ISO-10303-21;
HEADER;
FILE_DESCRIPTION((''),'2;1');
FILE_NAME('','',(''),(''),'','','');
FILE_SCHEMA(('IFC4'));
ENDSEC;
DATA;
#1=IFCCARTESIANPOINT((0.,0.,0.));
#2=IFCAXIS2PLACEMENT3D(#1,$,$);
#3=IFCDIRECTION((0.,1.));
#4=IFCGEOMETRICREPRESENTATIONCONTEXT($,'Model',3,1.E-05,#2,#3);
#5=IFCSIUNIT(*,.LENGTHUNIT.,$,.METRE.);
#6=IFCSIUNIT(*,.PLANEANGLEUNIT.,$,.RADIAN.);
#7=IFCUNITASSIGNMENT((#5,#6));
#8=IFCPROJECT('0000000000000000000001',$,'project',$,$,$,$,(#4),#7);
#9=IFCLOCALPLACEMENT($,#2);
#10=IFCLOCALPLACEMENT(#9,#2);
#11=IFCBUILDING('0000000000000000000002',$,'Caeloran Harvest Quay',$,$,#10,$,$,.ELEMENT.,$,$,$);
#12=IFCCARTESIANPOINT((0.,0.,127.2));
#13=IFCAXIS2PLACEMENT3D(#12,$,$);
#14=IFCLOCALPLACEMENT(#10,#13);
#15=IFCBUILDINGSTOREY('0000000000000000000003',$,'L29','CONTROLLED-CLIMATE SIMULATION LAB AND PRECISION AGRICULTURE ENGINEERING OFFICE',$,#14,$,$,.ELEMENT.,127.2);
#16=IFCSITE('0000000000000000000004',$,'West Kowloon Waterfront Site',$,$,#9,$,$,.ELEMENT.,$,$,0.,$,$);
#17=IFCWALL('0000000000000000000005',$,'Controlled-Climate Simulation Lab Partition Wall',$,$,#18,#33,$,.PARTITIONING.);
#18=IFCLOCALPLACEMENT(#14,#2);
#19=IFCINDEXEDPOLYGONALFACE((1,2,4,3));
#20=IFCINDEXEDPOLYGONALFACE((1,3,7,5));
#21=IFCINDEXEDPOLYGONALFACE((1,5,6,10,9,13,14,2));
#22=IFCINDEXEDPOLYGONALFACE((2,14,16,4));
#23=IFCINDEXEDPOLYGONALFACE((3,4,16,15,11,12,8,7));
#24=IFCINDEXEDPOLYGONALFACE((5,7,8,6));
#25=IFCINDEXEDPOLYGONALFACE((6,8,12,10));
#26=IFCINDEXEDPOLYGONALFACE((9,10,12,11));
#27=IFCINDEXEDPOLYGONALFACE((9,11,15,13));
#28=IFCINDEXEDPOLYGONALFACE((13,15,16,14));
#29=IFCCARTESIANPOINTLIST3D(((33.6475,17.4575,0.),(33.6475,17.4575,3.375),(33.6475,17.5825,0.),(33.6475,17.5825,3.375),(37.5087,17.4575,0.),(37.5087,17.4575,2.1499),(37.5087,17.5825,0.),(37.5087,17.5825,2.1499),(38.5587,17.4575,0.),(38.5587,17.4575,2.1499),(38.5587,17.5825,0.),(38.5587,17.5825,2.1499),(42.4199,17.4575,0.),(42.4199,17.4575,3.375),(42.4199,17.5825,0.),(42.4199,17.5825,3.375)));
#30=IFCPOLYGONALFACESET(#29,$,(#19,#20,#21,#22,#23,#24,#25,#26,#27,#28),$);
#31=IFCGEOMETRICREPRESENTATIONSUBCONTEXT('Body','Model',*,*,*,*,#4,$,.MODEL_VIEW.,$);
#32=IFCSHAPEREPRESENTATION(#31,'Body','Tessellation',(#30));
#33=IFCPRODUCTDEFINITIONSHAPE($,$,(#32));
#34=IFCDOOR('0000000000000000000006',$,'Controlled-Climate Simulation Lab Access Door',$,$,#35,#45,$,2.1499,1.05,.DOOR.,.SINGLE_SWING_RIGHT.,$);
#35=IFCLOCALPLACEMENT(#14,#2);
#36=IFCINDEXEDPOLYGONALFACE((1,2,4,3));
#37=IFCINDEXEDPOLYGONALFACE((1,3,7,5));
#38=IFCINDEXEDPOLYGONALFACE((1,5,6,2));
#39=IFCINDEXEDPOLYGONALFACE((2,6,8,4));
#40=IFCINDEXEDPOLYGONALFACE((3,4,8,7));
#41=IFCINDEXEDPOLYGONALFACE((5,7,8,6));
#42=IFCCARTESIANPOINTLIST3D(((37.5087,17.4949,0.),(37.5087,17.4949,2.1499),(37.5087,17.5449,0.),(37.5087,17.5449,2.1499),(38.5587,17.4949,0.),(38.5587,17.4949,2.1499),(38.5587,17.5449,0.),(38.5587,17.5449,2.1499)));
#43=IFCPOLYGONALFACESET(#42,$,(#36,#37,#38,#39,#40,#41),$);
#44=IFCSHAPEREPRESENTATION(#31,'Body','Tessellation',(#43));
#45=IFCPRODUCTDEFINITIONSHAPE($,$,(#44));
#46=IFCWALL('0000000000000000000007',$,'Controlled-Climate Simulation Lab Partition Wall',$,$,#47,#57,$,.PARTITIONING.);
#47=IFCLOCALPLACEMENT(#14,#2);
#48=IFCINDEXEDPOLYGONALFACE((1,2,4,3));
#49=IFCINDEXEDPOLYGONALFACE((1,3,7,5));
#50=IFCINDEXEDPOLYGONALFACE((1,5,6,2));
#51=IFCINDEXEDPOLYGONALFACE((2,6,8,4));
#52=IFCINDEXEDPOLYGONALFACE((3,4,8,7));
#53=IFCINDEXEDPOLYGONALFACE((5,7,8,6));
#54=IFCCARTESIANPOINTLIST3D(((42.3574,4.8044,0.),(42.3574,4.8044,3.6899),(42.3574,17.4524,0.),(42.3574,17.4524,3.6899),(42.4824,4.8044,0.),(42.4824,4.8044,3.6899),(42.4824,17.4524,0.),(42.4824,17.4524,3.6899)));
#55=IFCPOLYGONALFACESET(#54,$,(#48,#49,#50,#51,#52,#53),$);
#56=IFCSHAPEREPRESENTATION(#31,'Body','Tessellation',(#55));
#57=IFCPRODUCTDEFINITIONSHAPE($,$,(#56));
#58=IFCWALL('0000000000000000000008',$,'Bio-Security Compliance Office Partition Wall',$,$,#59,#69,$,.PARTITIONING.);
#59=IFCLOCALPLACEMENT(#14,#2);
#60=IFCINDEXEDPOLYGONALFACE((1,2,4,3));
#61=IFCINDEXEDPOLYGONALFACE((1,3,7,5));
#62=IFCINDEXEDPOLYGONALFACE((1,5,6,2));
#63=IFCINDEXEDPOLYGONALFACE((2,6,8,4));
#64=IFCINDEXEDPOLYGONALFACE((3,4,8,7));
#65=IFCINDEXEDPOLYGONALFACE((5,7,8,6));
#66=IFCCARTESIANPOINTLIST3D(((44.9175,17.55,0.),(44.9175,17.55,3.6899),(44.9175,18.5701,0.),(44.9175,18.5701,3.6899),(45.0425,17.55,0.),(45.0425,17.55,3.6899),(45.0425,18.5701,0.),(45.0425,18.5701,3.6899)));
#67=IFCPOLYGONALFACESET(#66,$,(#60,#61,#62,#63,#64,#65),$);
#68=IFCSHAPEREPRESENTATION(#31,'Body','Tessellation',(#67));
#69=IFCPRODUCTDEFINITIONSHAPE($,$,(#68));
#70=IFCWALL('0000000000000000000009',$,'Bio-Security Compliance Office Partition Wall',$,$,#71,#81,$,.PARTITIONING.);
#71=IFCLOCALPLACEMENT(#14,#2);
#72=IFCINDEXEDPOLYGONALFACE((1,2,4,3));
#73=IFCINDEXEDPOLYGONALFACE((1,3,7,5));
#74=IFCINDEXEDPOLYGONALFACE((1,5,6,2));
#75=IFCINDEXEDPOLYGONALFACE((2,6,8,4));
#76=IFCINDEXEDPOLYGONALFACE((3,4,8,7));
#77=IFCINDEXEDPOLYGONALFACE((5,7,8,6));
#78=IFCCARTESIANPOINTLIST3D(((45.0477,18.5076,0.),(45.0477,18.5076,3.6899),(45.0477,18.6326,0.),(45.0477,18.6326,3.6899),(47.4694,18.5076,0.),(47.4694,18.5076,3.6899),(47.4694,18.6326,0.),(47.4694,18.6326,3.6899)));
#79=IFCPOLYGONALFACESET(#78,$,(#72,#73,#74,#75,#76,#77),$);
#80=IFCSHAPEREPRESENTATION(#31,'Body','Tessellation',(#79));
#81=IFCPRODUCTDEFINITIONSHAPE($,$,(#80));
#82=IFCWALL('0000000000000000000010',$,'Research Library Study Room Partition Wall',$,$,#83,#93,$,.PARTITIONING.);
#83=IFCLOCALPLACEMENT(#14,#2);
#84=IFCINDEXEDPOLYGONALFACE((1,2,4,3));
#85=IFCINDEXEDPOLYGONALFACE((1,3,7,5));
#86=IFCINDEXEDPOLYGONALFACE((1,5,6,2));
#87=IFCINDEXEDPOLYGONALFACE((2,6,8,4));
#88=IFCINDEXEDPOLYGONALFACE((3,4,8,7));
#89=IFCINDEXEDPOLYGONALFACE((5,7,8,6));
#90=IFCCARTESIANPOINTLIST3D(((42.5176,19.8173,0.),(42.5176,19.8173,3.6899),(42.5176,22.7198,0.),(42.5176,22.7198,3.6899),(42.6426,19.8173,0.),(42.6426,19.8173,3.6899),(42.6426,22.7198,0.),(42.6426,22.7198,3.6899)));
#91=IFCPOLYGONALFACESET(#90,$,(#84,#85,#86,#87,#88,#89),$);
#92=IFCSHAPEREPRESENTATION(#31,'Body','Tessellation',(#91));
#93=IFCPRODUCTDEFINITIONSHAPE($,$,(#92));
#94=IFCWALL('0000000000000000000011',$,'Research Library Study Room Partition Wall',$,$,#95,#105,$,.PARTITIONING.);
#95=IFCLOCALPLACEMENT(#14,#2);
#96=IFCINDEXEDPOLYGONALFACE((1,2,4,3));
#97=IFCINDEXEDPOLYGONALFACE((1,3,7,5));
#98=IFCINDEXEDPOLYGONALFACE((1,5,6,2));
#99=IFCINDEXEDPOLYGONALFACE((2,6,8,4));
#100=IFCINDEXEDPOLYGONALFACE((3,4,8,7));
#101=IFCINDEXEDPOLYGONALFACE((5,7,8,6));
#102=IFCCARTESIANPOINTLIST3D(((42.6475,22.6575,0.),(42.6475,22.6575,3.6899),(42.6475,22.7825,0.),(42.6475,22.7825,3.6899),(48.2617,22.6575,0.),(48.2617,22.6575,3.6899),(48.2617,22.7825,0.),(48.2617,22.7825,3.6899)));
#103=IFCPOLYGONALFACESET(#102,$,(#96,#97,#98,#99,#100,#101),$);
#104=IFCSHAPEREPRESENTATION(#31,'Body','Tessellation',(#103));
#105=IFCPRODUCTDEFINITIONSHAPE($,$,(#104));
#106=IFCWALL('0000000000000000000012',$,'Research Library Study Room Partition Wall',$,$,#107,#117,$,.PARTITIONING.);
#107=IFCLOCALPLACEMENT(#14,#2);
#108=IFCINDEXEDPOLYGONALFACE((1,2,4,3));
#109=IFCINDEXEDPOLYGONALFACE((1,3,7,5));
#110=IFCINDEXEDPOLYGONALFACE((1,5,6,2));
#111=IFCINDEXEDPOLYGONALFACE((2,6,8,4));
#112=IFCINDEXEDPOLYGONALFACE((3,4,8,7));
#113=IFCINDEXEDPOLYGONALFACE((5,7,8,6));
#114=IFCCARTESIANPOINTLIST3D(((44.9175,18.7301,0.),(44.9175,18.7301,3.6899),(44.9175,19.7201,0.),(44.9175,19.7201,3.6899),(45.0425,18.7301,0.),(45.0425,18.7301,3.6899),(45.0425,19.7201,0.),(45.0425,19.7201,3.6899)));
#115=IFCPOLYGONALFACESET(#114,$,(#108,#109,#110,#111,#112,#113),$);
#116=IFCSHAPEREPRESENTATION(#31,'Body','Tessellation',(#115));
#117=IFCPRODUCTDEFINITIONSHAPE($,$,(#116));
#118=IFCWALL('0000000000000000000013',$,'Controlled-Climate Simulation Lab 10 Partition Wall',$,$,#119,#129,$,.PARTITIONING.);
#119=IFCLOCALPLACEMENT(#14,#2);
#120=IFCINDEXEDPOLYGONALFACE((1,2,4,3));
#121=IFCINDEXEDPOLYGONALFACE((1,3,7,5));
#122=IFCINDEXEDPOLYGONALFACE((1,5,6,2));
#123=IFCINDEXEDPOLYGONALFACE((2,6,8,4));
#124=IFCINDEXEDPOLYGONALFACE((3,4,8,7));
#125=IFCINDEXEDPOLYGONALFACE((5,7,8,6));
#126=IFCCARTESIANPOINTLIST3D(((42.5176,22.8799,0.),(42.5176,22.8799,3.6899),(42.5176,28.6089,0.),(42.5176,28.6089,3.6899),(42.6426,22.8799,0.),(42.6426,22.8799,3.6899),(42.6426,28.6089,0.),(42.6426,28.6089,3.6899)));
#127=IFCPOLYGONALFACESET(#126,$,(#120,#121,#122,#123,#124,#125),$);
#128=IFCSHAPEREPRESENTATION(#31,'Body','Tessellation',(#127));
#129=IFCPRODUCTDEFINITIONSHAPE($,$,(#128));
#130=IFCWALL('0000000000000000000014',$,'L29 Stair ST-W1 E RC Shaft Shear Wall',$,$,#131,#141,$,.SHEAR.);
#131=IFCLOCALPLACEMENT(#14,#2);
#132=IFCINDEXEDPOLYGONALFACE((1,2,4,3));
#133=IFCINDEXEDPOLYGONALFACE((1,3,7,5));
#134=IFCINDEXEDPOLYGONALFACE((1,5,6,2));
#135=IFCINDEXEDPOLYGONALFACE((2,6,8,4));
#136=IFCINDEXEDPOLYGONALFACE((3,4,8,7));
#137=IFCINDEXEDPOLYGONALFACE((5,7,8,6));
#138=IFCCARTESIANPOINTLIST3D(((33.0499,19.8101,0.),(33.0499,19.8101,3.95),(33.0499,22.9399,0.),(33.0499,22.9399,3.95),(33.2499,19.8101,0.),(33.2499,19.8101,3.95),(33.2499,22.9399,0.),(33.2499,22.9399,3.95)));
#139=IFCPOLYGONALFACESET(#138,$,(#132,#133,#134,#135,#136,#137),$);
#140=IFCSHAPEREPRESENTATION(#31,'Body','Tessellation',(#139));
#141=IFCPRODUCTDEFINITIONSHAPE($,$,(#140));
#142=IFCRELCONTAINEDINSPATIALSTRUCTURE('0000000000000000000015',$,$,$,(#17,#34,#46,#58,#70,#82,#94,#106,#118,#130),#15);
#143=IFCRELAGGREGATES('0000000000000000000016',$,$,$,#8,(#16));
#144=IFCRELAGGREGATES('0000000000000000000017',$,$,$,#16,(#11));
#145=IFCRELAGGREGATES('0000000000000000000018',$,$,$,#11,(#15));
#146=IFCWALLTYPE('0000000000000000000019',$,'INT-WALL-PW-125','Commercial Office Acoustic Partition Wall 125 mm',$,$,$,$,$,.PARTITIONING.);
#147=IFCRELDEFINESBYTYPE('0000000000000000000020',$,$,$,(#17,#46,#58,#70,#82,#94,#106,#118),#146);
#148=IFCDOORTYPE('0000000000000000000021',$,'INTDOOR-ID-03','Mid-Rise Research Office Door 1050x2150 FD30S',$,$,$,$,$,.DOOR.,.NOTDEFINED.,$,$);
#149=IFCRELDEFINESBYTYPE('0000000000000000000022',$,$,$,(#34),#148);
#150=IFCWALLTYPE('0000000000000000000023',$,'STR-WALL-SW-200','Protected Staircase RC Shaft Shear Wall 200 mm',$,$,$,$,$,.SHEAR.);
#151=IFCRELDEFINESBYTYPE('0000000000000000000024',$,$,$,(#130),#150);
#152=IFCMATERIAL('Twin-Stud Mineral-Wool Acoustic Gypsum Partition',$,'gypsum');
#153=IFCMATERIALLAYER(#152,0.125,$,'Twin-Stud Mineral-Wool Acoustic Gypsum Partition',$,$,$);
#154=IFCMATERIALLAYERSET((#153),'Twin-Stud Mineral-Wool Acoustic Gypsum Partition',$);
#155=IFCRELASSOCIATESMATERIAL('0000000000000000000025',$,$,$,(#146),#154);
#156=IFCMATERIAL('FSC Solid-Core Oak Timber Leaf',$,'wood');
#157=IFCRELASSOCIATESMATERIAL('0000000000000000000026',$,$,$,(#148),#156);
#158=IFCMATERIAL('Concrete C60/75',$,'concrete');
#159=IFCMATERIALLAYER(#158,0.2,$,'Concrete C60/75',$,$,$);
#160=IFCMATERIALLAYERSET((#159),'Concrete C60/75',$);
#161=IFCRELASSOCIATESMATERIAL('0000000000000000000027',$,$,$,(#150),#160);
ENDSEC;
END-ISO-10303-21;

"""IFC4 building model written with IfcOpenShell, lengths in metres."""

from ifc_helpers import new_model, si_unit, direction, frame, frame_2d, origin, place, context, subcontext, project, spatial, rectangle, extrude, material, layer, layer_set, type_object, element, fill, save


model = new_model("IFC4")

# Units and contexts
model_context = context("Model", 3, precision=1e-05, world=origin(), true_north=direction((0.0, 1.0)))
body_context = subcontext(model_context, "Body", "Model", "MODEL_VIEW")
ifc_project = project(units=[si_unit("LENGTHUNIT", "METRE"), si_unit("PLANEANGLEUNIT", "RADIAN")], contexts=[model_context])

# Site, building, storey
site_placement = place(None, origin())
site = spatial("IfcSite", under=ifc_project, at=site_placement, Name="West Kowloon Waterfront Site", CompositionType="ELEMENT", RefElevation=0.0)
building_placement = place(site_placement, origin())
building = spatial("IfcBuilding", under=site, at=building_placement, Name="Caeloran Harvest Quay", CompositionType="ELEMENT")
storey_placement = place(building_placement, frame((0.0, 0.0, 127.2)))
storey = spatial("IfcBuildingStorey", under=building, at=storey_placement, Name="L29", Description="CONTROLLED-CLIMATE SIMULATION LAB AND PRECISION AGRICULTURE ENGINEERING OFFICE", CompositionType="ELEMENT", Elevation=127.2)

# Wall, opening, door
ifc_material_1 = material(Name="Twin-Stud Mineral-Wool Acoustic Gypsum Partition", Category="gypsum")
ifc_layer_1 = layer(ifc_material_1, 0.125, Name="Twin-Stud Mineral-Wool Acoustic Gypsum Partition")
ifc_layer_set_1 = layer_set([ifc_layer_1], Name="Twin-Stud Mineral-Wool Acoustic Gypsum Partition")
wall_type_1 = type_object("IfcWallType", Name="INT-WALL-PW-125", Description="Commercial Office Acoustic Partition Wall 125 mm", PredefinedType="PARTITIONING", material=ifc_layer_set_1)
wall_1_placement = place(storey_placement, frame((33.6475, 17.52, 0.0), z_axis=(0.0, 0.0, 1.0), x_axis=(1.0, 0.0, 0.0)))
wall_1 = element("IfcWall", 1, at=wall_1_placement, inside=storey, type_object=wall_type_1, Name="Controlled-Climate Simulation Lab Partition Wall", PredefinedType="PARTITIONING", context=body_context, shape_type="SweptSolid", body=[
    extrude(rectangle(XDim=8.7725, YDim=0.125, at=frame_2d((4.3862, 0.0))), origin(), (0.0, 0.0, 1.0), 3.375),
])
opening_1_placement = place(wall_1_placement, frame((3.8613, 0.0, 0.0)))
opening_1 = element("IfcOpeningElement", 2, at=opening_1_placement, cuts=wall_1, PredefinedType="OPENING", context=body_context, shape_type="SweptSolid", body=[
    extrude(rectangle(XDim=1.05, YDim=2.1499, at=frame_2d((0.5249, 1.075))), frame((0.0, 0.0725, 0.0), z_axis=(0.0, -1.0, 0.0), x_axis=(1.0, 0.0, 0.0)), (0.0, 0.0, 1.0), 0.145),
])
ifc_material_2 = material(Name="FSC Solid-Core Oak Timber Leaf", Category="wood")
door_type = type_object("IfcDoorType", Name="INTDOOR-ID-03", Description="Mid-Rise Research Office Door 1050x2150 FD30S", OperationType="NOTDEFINED", PredefinedType="DOOR", material=ifc_material_2)
door_1_placement = place(opening_1_placement, origin())
door_1 = element("IfcDoor", 3, at=door_1_placement, inside=storey, type_object=door_type, Name="Controlled-Climate Simulation Lab Access Door", OperationType="SINGLE_SWING_RIGHT", OverallHeight=2.1499, OverallWidth=1.05, PredefinedType="DOOR", context=body_context, shape_type="SweptSolid", body=[
    extrude(rectangle(XDim=1.05, YDim=2.1499, at=frame_2d((0.5249, 1.075))), frame((0.0, 0.0249, 0.0), z_axis=(0.0, -1.0, 0.0), x_axis=(1.0, 0.0, 0.0)), (0.0, 0.0, 1.0), 0.05),
])
fill(opening_1, door_1)

# Walls
wall_2_placement = place(storey_placement, frame((42.4199, 17.4524, 0.0), z_axis=(0.0, 0.0, 1.0), x_axis=(0.0, -1.0, 0.0)))
element("IfcWall", 4, at=wall_2_placement, inside=storey, type_object=wall_type_1, Name="Controlled-Climate Simulation Lab Partition Wall", PredefinedType="PARTITIONING", context=body_context, shape_type="SweptSolid", body=[
    extrude(rectangle(XDim=12.6479, YDim=0.125, at=frame_2d((6.324, 0.0))), origin(), (0.0, 0.0, 1.0), 3.6899),
])
wall_3_placement = place(storey_placement, frame((44.98, 17.55, 0.0), z_axis=(0.0, 0.0, 1.0), x_axis=(0.0, 1.0, 0.0)))
element("IfcWall", 5, at=wall_3_placement, inside=storey, type_object=wall_type_1, Name="Bio-Security Compliance Office Partition Wall", PredefinedType="PARTITIONING", context=body_context, shape_type="SweptSolid", body=[
    extrude(rectangle(XDim=1.02, YDim=0.125, at=frame_2d((0.51, 0.0))), origin(), (0.0, 0.0, 1.0), 3.6899),
])
wall_4_placement = place(storey_placement, frame((45.0476, 18.5701, 0.0), z_axis=(0.0, 0.0, 1.0), x_axis=(1.0, 0.0, 0.0)))
element("IfcWall", 6, at=wall_4_placement, inside=storey, type_object=wall_type_1, Name="Bio-Security Compliance Office Partition Wall", PredefinedType="PARTITIONING", context=body_context, shape_type="SweptSolid", body=[
    extrude(rectangle(XDim=2.4216, YDim=0.125, at=frame_2d((1.2109, 0.0))), origin(), (0.0, 0.0, 1.0), 3.6899),
])

# Walls
wall_5_placement = place(storey_placement, frame((42.5801, 19.8174, 0.0), z_axis=(0.0, 0.0, 1.0), x_axis=(0.0, 1.0, 0.0)))
element("IfcWall", 7, at=wall_5_placement, inside=storey, type_object=wall_type_1, Name="Research Library Study Room Partition Wall", PredefinedType="PARTITIONING", context=body_context, shape_type="SweptSolid", body=[
    extrude(rectangle(XDim=2.9026, YDim=0.125, at=frame_2d((1.4512, 0.0))), origin(), (0.0, 0.0, 1.0), 3.6899),
])
wall_6_placement = place(storey_placement, frame((42.6475, 22.72, 0.0), z_axis=(0.0, 0.0, 1.0), x_axis=(1.0, 0.0, 0.0)))
element("IfcWall", 8, at=wall_6_placement, inside=storey, type_object=wall_type_1, Name="Research Library Study Room Partition Wall", PredefinedType="PARTITIONING", context=body_context, shape_type="SweptSolid", body=[
    extrude(rectangle(XDim=5.6143, YDim=0.125, at=frame_2d((2.8071, 0.0))), origin(), (0.0, 0.0, 1.0), 3.6899),
])
wall_7_placement = place(storey_placement, frame((44.98, 18.73, 0.0), z_axis=(0.0, 0.0, 1.0), x_axis=(0.0, 1.0, 0.0)))
element("IfcWall", 9, at=wall_7_placement, inside=storey, type_object=wall_type_1, Name="Research Library Study Room Partition Wall", PredefinedType="PARTITIONING", context=body_context, shape_type="SweptSolid", body=[
    extrude(rectangle(XDim=0.99, YDim=0.125, at=frame_2d((0.4951, 0.0))), origin(), (0.0, 0.0, 1.0), 3.6899),
])
wall_8_placement = place(storey_placement, frame((42.5801, 22.8799, 0.0), z_axis=(0.0, 0.0, 1.0), x_axis=(0.0, 1.0, 0.0)))
element("IfcWall", 10, at=wall_8_placement, inside=storey, type_object=wall_type_1, Name="Controlled-Climate Simulation Lab 10 Partition Wall", PredefinedType="PARTITIONING", context=body_context, shape_type="SweptSolid", body=[
    extrude(rectangle(XDim=5.729, YDim=0.125, at=frame_2d((2.8645, 0.0))), origin(), (0.0, 0.0, 1.0), 3.6899),
])
ifc_material_3 = material(Name="Concrete C60/75", Category="concrete")
ifc_layer_2 = layer(ifc_material_3, 0.2, Name="Concrete C60/75")
ifc_layer_set_2 = layer_set([ifc_layer_2], Name="Concrete C60/75")
wall_type_2 = type_object("IfcWallType", Name="STR-WALL-SW-200", Description="Protected Staircase RC Shaft Shear Wall 200 mm", PredefinedType="SHEAR", material=ifc_layer_set_2)
wall_9_placement = place(storey_placement, frame((33.1499, 19.8101, 0.0), z_axis=(0.0, 0.0, 1.0), x_axis=(0.0, 1.0, 0.0)))
element("IfcWall", 11, at=wall_9_placement, inside=storey, type_object=wall_type_2, Name="L29 Stair ST-W1 E RC Shaft Shear Wall", PredefinedType="SHEAR", context=body_context, shape_type="SweptSolid", body=[
    extrude(rectangle(XDim=3.1299, YDim=0.2, at=frame_2d((1.5649, 0.0))), origin(), (0.0, 0.0, 1.0), 3.95),
])

save(model, "model.ifc")
